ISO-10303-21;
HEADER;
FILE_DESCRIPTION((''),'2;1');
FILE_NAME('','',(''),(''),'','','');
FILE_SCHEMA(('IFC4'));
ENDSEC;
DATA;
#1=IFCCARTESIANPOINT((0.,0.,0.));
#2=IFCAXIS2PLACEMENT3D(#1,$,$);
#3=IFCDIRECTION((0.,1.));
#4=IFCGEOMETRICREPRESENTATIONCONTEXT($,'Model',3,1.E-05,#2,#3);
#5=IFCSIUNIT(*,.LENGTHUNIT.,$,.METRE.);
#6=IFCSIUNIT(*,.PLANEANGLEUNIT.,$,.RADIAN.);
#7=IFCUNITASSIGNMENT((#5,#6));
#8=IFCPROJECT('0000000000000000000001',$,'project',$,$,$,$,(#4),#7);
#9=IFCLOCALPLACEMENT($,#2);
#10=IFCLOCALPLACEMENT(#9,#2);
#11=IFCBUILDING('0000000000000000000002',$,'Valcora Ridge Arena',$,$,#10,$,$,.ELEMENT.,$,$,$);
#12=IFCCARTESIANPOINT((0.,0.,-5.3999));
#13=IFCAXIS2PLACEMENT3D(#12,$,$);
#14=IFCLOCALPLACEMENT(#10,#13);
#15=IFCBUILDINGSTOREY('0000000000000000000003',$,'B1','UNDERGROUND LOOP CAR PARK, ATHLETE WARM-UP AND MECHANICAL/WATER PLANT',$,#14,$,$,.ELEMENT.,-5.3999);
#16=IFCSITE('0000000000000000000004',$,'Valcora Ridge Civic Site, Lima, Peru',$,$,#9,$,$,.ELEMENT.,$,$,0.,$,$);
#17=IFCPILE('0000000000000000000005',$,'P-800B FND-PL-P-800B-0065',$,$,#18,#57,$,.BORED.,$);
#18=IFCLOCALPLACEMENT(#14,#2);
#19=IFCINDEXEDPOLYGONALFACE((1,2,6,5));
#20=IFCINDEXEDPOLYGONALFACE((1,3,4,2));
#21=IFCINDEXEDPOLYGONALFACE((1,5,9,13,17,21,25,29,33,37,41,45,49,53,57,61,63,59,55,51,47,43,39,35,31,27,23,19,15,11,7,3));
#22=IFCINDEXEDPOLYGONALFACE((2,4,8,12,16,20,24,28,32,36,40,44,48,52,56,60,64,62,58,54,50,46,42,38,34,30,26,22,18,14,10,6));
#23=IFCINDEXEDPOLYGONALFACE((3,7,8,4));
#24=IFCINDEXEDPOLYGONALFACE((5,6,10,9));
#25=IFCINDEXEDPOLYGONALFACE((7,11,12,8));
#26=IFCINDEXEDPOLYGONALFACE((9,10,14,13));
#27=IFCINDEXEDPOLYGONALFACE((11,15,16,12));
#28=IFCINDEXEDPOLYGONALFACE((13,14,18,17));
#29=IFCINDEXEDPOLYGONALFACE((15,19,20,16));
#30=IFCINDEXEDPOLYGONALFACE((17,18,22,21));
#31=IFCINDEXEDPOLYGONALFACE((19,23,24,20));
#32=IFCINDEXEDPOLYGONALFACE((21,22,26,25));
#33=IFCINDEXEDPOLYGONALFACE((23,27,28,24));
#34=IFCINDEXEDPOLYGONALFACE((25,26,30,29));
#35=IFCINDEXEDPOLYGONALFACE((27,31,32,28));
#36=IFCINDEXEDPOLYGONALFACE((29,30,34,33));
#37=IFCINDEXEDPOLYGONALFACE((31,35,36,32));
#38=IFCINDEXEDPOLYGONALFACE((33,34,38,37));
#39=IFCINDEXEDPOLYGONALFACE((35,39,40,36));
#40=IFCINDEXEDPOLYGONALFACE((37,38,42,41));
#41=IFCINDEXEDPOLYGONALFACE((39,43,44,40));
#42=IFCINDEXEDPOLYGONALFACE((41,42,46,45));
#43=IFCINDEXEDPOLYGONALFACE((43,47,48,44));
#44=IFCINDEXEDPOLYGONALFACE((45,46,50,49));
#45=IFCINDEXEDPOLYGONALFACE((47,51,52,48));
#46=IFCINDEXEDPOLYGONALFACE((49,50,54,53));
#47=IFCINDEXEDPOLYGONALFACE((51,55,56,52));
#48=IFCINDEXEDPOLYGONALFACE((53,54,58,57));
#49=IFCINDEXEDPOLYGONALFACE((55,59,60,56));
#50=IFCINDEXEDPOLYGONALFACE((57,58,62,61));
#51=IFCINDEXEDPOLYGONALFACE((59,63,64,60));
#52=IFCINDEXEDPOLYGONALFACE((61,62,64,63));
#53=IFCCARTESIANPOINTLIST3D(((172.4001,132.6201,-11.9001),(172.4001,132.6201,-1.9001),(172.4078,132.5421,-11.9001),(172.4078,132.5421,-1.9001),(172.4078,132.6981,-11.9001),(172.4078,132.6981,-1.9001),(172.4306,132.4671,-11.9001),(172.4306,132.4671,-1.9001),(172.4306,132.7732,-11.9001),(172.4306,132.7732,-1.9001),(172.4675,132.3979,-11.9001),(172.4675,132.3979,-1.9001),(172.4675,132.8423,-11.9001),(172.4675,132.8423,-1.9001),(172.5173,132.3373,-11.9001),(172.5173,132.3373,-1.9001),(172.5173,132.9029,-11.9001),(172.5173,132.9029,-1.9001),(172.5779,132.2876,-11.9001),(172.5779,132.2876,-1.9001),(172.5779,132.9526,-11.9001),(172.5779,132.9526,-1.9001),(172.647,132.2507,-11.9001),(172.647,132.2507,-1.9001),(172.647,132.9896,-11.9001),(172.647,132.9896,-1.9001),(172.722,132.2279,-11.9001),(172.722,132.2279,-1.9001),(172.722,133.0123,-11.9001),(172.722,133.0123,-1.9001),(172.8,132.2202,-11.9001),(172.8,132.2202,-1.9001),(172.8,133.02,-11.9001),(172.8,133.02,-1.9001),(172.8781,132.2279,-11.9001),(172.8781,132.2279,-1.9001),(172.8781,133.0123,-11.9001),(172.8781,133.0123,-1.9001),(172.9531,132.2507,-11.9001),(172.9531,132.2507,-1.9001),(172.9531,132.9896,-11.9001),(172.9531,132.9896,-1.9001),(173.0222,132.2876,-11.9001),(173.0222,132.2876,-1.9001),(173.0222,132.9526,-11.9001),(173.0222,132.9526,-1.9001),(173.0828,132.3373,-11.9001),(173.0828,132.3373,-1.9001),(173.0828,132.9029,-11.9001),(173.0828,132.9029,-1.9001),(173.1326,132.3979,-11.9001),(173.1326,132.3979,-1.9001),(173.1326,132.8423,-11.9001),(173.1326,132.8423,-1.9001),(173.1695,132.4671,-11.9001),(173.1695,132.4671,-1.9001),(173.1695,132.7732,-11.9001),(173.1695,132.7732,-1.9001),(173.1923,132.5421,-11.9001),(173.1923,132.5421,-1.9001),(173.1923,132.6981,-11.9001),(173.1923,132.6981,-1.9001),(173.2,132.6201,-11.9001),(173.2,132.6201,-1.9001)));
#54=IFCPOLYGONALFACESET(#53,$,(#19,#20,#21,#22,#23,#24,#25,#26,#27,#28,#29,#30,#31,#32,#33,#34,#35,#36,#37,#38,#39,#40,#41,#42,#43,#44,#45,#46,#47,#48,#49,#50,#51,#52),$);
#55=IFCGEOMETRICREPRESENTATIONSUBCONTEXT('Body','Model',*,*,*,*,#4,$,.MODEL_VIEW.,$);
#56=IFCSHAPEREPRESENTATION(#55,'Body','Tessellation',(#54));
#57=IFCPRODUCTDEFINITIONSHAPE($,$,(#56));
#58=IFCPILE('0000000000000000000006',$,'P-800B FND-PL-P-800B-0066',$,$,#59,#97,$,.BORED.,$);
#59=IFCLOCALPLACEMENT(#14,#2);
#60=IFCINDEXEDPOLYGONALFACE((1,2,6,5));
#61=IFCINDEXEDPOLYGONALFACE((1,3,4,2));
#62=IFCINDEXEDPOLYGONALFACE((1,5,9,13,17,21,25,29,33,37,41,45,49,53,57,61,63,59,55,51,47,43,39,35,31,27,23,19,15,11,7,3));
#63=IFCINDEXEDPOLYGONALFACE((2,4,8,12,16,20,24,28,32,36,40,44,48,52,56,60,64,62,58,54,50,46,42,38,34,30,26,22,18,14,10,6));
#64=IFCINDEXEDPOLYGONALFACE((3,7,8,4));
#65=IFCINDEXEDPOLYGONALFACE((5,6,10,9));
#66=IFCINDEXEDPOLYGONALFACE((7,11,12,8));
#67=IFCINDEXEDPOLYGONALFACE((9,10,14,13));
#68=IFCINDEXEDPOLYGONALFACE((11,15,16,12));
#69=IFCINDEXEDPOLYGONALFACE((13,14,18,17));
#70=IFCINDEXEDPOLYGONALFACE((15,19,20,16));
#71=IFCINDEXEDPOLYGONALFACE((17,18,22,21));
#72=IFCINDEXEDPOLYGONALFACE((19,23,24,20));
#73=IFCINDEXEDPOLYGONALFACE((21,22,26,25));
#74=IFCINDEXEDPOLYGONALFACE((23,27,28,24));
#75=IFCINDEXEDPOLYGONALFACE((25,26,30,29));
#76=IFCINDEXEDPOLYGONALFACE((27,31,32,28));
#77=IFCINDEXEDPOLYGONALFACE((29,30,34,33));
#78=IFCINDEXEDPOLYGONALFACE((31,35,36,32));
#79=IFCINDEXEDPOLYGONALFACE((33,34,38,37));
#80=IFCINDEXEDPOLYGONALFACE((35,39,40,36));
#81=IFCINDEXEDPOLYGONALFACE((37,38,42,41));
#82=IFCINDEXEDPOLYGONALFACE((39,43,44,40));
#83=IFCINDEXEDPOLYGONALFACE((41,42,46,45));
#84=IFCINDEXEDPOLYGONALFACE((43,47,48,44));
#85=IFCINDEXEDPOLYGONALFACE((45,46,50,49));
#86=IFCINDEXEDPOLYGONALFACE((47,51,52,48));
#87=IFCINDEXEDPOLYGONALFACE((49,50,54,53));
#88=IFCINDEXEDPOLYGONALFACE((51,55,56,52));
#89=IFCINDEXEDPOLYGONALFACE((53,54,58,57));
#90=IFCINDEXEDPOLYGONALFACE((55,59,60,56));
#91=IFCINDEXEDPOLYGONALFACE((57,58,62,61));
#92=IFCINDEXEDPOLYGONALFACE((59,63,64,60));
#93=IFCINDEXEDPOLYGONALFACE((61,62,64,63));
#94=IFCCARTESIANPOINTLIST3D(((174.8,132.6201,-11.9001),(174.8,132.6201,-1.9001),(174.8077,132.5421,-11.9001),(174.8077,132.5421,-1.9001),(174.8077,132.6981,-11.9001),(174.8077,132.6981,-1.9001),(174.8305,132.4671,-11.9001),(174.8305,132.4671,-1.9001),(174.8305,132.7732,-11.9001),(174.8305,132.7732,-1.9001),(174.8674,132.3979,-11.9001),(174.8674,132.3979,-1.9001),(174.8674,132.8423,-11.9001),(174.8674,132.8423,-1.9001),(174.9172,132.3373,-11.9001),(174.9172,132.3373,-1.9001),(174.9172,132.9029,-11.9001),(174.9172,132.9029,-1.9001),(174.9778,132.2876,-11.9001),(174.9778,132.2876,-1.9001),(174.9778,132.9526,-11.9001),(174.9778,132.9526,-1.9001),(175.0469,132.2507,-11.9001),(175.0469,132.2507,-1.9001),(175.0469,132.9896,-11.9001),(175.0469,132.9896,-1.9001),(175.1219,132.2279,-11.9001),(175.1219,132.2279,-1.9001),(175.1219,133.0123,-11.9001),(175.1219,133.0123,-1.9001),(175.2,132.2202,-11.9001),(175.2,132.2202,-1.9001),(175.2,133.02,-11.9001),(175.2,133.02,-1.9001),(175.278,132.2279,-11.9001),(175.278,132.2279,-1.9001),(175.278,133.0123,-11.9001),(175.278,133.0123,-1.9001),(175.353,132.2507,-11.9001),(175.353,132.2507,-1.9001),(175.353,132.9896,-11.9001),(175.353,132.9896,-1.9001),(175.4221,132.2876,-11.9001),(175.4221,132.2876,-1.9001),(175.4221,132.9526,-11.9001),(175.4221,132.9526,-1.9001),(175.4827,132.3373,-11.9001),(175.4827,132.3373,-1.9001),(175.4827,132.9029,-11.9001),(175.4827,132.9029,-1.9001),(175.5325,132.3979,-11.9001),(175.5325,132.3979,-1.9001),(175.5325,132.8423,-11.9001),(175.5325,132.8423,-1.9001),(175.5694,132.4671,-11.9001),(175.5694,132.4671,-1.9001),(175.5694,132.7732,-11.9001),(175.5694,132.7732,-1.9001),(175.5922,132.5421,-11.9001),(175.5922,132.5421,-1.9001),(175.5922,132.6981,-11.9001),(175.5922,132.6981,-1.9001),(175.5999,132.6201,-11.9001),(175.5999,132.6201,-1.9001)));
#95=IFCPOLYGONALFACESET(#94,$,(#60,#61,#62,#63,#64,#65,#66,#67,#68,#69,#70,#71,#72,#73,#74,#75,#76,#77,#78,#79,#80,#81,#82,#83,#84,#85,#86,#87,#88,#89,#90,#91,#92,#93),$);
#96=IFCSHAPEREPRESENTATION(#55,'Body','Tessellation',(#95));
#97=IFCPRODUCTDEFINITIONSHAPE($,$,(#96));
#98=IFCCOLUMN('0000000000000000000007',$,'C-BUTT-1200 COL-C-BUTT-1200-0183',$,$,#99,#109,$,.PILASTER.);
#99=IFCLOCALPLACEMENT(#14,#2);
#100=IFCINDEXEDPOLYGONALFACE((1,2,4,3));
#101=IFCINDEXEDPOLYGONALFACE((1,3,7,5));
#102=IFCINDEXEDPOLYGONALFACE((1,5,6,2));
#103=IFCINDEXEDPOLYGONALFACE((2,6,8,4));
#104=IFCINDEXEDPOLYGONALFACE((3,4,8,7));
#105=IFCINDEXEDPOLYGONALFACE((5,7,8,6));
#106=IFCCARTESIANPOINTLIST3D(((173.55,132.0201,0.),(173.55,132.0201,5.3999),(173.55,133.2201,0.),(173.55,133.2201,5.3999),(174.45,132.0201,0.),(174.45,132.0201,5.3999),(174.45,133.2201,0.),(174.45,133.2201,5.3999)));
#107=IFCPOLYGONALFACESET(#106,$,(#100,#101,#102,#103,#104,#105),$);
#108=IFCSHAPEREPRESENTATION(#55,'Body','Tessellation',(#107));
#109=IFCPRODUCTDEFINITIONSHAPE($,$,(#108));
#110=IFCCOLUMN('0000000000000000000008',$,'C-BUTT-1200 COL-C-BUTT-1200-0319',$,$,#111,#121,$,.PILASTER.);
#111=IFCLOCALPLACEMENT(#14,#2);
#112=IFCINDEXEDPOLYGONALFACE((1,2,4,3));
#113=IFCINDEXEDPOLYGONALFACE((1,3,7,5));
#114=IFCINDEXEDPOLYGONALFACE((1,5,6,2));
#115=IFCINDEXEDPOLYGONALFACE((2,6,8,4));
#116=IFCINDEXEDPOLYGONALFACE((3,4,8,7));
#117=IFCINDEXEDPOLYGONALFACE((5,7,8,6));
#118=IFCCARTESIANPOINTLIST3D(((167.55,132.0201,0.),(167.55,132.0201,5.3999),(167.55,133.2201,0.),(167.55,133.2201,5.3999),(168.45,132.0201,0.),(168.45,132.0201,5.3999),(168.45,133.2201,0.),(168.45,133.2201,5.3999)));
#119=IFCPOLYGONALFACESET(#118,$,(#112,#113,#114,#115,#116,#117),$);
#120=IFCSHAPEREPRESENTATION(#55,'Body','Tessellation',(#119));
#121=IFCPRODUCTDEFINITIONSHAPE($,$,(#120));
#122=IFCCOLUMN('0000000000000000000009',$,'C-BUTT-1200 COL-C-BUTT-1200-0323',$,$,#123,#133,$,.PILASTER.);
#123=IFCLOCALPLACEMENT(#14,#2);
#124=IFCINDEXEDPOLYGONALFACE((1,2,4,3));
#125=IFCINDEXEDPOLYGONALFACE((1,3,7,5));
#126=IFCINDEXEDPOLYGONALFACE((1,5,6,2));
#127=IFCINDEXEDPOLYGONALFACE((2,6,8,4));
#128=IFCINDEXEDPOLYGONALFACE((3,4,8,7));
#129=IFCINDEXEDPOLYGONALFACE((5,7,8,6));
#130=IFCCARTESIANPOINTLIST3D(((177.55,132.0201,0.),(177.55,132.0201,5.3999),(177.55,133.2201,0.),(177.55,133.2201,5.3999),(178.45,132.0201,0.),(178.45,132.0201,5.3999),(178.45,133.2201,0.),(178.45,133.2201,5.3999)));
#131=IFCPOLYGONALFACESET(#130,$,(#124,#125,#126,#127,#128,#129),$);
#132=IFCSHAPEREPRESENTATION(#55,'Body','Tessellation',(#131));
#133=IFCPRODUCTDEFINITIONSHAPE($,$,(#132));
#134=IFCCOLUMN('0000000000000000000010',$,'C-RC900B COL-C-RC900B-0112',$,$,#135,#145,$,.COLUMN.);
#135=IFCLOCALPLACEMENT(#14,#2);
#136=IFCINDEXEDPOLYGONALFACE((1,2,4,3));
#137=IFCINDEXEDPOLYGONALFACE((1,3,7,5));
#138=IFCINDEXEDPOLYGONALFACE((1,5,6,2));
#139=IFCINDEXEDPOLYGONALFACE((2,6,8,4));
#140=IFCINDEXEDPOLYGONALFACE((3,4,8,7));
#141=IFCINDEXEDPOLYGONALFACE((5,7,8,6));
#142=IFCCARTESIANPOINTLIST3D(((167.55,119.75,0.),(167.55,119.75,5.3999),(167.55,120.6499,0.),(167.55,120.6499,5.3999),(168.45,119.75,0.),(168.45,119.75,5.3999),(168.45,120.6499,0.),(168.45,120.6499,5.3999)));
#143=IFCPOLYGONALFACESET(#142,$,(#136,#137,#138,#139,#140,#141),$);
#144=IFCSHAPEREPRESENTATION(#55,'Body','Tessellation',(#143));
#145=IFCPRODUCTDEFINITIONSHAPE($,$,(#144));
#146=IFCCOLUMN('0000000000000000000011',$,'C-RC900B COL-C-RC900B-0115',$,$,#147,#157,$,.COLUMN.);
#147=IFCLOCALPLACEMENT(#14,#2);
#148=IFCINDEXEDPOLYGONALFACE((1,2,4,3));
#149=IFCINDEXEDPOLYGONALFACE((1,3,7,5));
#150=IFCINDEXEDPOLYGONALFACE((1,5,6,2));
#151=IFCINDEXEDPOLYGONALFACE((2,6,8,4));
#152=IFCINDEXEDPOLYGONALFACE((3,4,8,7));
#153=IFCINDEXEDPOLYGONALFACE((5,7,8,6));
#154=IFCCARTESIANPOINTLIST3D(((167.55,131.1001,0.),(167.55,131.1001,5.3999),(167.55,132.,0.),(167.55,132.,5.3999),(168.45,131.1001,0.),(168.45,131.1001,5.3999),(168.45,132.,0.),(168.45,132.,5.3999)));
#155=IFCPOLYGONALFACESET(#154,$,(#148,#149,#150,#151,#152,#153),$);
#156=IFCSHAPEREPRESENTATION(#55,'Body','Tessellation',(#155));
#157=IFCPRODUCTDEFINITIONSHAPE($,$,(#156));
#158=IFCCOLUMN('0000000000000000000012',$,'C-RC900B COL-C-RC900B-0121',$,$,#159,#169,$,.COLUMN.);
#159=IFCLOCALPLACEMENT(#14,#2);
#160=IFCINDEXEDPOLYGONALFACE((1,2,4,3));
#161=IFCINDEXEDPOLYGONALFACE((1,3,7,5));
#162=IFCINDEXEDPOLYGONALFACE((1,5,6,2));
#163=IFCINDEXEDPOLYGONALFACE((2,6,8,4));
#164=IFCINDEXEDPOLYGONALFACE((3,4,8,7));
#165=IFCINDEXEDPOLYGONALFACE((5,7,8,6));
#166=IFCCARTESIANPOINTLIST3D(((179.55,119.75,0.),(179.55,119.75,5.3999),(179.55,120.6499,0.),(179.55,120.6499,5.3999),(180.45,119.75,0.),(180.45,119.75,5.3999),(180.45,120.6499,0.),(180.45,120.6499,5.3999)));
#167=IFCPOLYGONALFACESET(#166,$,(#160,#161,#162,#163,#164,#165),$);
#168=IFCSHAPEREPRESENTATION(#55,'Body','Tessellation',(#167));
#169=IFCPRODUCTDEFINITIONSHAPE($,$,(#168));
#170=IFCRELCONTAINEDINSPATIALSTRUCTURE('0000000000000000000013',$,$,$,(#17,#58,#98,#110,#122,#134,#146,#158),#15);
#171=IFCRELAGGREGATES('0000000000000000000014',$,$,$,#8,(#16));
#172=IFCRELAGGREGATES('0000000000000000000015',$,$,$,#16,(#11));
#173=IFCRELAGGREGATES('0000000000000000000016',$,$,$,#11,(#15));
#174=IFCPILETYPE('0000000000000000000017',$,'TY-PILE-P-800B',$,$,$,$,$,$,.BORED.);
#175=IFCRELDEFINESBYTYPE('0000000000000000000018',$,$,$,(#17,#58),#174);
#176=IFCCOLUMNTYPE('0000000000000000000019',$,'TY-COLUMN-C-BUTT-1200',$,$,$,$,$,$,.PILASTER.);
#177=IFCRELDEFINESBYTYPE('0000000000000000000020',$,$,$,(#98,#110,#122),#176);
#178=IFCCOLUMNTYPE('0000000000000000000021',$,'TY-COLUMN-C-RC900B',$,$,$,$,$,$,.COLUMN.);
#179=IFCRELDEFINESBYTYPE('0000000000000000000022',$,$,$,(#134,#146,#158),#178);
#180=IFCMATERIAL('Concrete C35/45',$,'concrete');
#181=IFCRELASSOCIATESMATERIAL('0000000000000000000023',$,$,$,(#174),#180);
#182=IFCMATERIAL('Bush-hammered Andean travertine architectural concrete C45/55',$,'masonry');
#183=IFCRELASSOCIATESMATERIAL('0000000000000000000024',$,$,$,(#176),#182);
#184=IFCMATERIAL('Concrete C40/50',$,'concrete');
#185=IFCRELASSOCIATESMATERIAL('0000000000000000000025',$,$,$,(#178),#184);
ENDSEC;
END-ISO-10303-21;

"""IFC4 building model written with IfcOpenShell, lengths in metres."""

from ifc_helpers import new_model, si_unit, direction, frame, origin, origin_2d, place, context, subcontext, project, spatial, rectangle, circle, extrude, material, material_profile, profile_set, type_object, element, save


model = new_model("IFC4")

# Units and contexts
model_context = context("Model", 3, precision=1e-05, world=origin(), true_north=direction((0.0, 1.0)))
body_context = subcontext(model_context, "Body", "Model", "MODEL_VIEW")
ifc_project = project(units=[si_unit("LENGTHUNIT", "METRE"), si_unit("PLANEANGLEUNIT", "RADIAN")], contexts=[model_context])

# Site, building, storey
site_placement = place(None, origin())
site = spatial("IfcSite", under=ifc_project, at=site_placement, Name="Valcora Ridge Civic Site, Lima, Peru", CompositionType="ELEMENT", RefElevation=0.0)
building_placement = place(site_placement, origin())
building = spatial("IfcBuilding", under=site, at=building_placement, Name="Valcora Ridge Arena", CompositionType="ELEMENT")
storey_placement = place(building_placement, frame((0.0, 0.0, -5.3999)))
storey = spatial("IfcBuildingStorey", under=building, at=storey_placement, Name="B1", Description="UNDERGROUND LOOP CAR PARK, ATHLETE WARM-UP AND MECHANICAL/WATER PLANT", CompositionType="ELEMENT", Elevation=-5.3999)

# Shared definitions
ifc_material_1 = material(Name="Concrete C40/50", Category="concrete")

# Piles
ifc_material_2 = material(Name="Concrete C35/45", Category="concrete")
ifc_material_profile_1 = material_profile(ifc_material_2, circle(Radius=0.3999, at=origin_2d()), Name="BORED PILE D800")
ifc_profile_set_1 = profile_set([ifc_material_profile_1], Name="Concrete C35/45")
pile_type_1 = type_object("IfcPileType", Name="TY-PILE-P-800B", PredefinedType="BORED", material=ifc_profile_set_1)
for number, where, z_axis, x_axis, name in (
    (1, (172.8, 132.6201, -1.9001), (0.0, 0.0, -1.0), (1.0, 0.0, 0.0), "P-800B FND-PL-P-800B-0065"),
    (2, (175.2, 132.6201, -1.9001), (0.0, 0.0, -1.0), (1.0, 0.0, 0.0), "P-800B FND-PL-P-800B-0066"),
):
    element("IfcPile", number, at=place(storey_placement, frame(where, z_axis=z_axis, x_axis=x_axis)), inside=storey, type_object=pile_type_1, Name=name, PredefinedType="BORED", context=body_context, shape_type="SweptSolid", body=[
        extrude(circle(Radius=0.3999, at=origin_2d()), origin(), (0.0, 0.0, 1.0), 10.0),
    ])

# Columns
ifc_material_3 = material(Name="Bush-hammered Andean travertine architectural concrete C45/55", Category="masonry")
ifc_material_profile_2 = material_profile(ifc_material_3, rectangle(XDim=0.8999, YDim=1.2, at=origin_2d()), Name="RC 900x1200")
ifc_profile_set_2 = profile_set([ifc_material_profile_2], Name="Bush-hammered Andean travertine architectural concrete C45/55")
column_type_1 = type_object("IfcColumnType", Name="TY-COLUMN-C-BUTT-1200", PredefinedType="PILASTER", material=ifc_profile_set_2)
for number, where, z_axis, x_axis, name in (
    (3, (174.0, 132.6201, 0.0), (0.0, 0.0, 1.0), (1.0, 0.0, 0.0), "C-BUTT-1200 COL-C-BUTT-1200-0183"),
    (4, (168.0, 132.6201, 0.0), (0.0, 0.0, 1.0), (1.0, 0.0, 0.0), "C-BUTT-1200 COL-C-BUTT-1200-0319"),
    (5, (178.0, 132.6201, 0.0), (0.0, 0.0, 1.0), (1.0, 0.0, 0.0), "C-BUTT-1200 COL-C-BUTT-1200-0323"),
):
    element("IfcColumn", number, at=place(storey_placement, frame(where, z_axis=z_axis, x_axis=x_axis)), inside=storey, type_object=column_type_1, Name=name, PredefinedType="PILASTER", context=body_context, shape_type="SweptSolid", body=[
        extrude(rectangle(XDim=0.8999, YDim=1.2, at=origin_2d()), origin(), (0.0, 0.0, 1.0), 5.3999),
    ])
ifc_material_profile_3 = material_profile(ifc_material_1, rectangle(XDim=0.8999, YDim=0.8999, at=origin_2d()), Name="RC 900x900")
ifc_profile_set_3 = profile_set([ifc_material_profile_3], Name="Concrete C40/50")
column_type_2 = type_object("IfcColumnType", Name="TY-COLUMN-C-RC900B", PredefinedType="COLUMN", material=ifc_profile_set_3)
for number, where, z_axis, x_axis, name in (
    (6, (168.0, 120.2, 0.0), (0.0, 0.0, 1.0), (1.0, 0.0, 0.0), "C-RC900B COL-C-RC900B-0112"),
    (7, (168.0, 131.55, 0.0), (0.0, 0.0, 1.0), (1.0, 0.0, 0.0), "C-RC900B COL-C-RC900B-0115"),
    (8, (180.0, 120.2, 0.0), (0.0, 0.0, 1.0), (1.0, 0.0, 0.0), "C-RC900B COL-C-RC900B-0121"),
):
    element("IfcColumn", number, at=place(storey_placement, frame(where, z_axis=z_axis, x_axis=x_axis)), inside=storey, type_object=column_type_2, Name=name, PredefinedType="COLUMN", context=body_context, shape_type="SweptSolid", body=[
        extrude(rectangle(XDim=0.8999, YDim=0.8999, at=origin_2d()), origin(), (0.0, 0.0, 1.0), 5.3999),
    ])

save(model, "model.ifc")
